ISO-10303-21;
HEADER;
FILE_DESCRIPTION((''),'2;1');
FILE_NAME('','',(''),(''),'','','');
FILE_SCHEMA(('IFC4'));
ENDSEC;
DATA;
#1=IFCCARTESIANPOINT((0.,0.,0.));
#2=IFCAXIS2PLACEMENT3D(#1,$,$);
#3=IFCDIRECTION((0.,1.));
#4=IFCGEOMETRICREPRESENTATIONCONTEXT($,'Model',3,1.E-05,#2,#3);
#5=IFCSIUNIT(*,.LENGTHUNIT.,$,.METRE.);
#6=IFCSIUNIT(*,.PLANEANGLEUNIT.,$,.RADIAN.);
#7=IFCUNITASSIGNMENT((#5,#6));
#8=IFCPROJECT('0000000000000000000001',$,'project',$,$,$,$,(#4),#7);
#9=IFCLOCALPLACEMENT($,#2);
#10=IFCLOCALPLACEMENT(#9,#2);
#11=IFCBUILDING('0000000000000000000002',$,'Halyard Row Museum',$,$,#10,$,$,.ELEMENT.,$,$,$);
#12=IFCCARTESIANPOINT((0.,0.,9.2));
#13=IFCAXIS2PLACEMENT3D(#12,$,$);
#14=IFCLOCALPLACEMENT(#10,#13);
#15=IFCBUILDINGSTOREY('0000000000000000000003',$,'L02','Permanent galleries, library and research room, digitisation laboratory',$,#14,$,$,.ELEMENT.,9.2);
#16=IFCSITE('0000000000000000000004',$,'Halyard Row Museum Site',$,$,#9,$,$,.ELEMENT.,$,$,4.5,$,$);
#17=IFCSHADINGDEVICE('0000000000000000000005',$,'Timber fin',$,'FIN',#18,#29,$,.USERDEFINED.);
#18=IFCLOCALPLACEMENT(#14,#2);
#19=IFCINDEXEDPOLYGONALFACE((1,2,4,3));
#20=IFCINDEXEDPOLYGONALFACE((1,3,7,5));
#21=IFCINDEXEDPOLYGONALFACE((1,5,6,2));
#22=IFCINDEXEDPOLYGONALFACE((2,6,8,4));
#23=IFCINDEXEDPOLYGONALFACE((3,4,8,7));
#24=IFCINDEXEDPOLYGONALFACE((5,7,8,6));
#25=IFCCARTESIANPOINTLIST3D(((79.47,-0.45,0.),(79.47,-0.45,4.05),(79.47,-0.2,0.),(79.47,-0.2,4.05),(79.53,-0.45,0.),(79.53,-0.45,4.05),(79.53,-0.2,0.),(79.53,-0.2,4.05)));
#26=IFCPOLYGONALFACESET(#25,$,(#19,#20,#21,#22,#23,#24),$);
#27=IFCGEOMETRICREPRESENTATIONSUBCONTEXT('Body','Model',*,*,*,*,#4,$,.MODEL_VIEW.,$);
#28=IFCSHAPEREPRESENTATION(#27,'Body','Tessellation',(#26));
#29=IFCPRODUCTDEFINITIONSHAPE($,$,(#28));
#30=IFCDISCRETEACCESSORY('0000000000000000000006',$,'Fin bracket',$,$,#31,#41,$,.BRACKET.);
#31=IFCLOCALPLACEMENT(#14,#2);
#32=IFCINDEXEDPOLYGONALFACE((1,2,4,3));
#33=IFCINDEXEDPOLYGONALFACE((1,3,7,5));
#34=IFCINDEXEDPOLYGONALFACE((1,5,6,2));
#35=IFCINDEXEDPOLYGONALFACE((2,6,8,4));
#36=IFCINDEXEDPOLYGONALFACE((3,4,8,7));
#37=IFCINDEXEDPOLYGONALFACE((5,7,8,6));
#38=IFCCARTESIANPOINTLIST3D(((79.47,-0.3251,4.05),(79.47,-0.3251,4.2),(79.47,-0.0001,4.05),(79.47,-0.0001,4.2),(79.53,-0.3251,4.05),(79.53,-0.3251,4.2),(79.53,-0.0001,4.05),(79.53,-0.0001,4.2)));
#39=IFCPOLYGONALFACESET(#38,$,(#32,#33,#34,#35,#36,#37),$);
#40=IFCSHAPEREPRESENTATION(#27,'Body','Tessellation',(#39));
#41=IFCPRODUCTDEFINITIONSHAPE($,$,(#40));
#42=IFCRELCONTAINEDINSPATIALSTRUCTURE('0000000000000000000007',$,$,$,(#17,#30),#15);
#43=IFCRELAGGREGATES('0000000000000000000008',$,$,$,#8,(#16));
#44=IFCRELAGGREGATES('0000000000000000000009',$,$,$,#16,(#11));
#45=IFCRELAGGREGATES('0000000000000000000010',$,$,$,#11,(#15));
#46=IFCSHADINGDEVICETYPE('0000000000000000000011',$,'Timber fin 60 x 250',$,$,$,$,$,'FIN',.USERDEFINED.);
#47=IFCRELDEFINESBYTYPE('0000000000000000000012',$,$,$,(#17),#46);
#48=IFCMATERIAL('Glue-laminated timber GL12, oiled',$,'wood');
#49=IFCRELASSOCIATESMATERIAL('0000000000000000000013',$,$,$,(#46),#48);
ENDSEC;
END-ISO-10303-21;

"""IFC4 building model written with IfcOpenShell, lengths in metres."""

from ifc_helpers import new_model, si_unit, direction, frame, origin, origin_2d, place, context, subcontext, project, spatial, rectangle, extrude, material, type_object, element, save


model = new_model("IFC4")

# Units and contexts
model_context = context("Model", 3, precision=1e-05, world=origin(), true_north=direction((0.0, 1.0)))
body_context = subcontext(model_context, "Body", "Model", "MODEL_VIEW")
ifc_project = project(units=[si_unit("LENGTHUNIT", "METRE"), si_unit("PLANEANGLEUNIT", "RADIAN")], contexts=[model_context])

# Site, building, storey
site_placement = place(None, origin())
site = spatial("IfcSite", under=ifc_project, at=site_placement, Name="Halyard Row Museum Site", CompositionType="ELEMENT", RefElevation=4.5)
building_placement = place(site_placement, origin())
building = spatial("IfcBuilding", under=site, at=building_placement, Name="Halyard Row Museum", CompositionType="ELEMENT")
storey_placement = place(building_placement, frame((0.0, 0.0, 9.2)))
storey = spatial("IfcBuildingStorey", under=building, at=storey_placement, Name="L02", Description="Permanent galleries, library and research room, digitisation laboratory", CompositionType="ELEMENT", Elevation=9.2)

# Shading device
ifc_material_1 = material(Name="Glue-laminated timber GL12, oiled", Category="wood")
shading_device_type = type_object("IfcShadingDeviceType", Name="Timber fin 60 x 250", ElementType="FIN", PredefinedType="USERDEFINED", material=ifc_material_1)
shading_device_placement = place(storey_placement, frame((79.5, -0.325, 0.0), z_axis=(0.0, 0.0, 1.0), x_axis=(1.0, 0.0, 0.0)))
element("IfcShadingDevice", 1, at=shading_device_placement, inside=storey, type_object=shading_device_type, Name="Timber fin", ObjectType="FIN", PredefinedType="USERDEFINED", context=body_context, shape_type="SweptSolid", body=[
    extrude(rectangle(XDim=0.0601, YDim=0.25, at=origin_2d()), origin(), (0.0, 0.0, 1.0), 4.05),
])

# Discrete accessory
discrete_accessory_placement = place(storey_placement, frame((79.5, -0.1626, 4.05), z_axis=(0.0, 0.0, 1.0), x_axis=(1.0, 0.0, 0.0)))
element("IfcDiscreteAccessory", 2, at=discrete_accessory_placement, inside=storey, Name="Fin bracket", PredefinedType="BRACKET", context=body_context, shape_type="SweptSolid", body=[
    extrude(rectangle(XDim=0.0601, YDim=0.325, at=origin_2d()), origin(), (0.0, 0.0, 1.0), 0.1499),
])

save(model, "model.ifc")
